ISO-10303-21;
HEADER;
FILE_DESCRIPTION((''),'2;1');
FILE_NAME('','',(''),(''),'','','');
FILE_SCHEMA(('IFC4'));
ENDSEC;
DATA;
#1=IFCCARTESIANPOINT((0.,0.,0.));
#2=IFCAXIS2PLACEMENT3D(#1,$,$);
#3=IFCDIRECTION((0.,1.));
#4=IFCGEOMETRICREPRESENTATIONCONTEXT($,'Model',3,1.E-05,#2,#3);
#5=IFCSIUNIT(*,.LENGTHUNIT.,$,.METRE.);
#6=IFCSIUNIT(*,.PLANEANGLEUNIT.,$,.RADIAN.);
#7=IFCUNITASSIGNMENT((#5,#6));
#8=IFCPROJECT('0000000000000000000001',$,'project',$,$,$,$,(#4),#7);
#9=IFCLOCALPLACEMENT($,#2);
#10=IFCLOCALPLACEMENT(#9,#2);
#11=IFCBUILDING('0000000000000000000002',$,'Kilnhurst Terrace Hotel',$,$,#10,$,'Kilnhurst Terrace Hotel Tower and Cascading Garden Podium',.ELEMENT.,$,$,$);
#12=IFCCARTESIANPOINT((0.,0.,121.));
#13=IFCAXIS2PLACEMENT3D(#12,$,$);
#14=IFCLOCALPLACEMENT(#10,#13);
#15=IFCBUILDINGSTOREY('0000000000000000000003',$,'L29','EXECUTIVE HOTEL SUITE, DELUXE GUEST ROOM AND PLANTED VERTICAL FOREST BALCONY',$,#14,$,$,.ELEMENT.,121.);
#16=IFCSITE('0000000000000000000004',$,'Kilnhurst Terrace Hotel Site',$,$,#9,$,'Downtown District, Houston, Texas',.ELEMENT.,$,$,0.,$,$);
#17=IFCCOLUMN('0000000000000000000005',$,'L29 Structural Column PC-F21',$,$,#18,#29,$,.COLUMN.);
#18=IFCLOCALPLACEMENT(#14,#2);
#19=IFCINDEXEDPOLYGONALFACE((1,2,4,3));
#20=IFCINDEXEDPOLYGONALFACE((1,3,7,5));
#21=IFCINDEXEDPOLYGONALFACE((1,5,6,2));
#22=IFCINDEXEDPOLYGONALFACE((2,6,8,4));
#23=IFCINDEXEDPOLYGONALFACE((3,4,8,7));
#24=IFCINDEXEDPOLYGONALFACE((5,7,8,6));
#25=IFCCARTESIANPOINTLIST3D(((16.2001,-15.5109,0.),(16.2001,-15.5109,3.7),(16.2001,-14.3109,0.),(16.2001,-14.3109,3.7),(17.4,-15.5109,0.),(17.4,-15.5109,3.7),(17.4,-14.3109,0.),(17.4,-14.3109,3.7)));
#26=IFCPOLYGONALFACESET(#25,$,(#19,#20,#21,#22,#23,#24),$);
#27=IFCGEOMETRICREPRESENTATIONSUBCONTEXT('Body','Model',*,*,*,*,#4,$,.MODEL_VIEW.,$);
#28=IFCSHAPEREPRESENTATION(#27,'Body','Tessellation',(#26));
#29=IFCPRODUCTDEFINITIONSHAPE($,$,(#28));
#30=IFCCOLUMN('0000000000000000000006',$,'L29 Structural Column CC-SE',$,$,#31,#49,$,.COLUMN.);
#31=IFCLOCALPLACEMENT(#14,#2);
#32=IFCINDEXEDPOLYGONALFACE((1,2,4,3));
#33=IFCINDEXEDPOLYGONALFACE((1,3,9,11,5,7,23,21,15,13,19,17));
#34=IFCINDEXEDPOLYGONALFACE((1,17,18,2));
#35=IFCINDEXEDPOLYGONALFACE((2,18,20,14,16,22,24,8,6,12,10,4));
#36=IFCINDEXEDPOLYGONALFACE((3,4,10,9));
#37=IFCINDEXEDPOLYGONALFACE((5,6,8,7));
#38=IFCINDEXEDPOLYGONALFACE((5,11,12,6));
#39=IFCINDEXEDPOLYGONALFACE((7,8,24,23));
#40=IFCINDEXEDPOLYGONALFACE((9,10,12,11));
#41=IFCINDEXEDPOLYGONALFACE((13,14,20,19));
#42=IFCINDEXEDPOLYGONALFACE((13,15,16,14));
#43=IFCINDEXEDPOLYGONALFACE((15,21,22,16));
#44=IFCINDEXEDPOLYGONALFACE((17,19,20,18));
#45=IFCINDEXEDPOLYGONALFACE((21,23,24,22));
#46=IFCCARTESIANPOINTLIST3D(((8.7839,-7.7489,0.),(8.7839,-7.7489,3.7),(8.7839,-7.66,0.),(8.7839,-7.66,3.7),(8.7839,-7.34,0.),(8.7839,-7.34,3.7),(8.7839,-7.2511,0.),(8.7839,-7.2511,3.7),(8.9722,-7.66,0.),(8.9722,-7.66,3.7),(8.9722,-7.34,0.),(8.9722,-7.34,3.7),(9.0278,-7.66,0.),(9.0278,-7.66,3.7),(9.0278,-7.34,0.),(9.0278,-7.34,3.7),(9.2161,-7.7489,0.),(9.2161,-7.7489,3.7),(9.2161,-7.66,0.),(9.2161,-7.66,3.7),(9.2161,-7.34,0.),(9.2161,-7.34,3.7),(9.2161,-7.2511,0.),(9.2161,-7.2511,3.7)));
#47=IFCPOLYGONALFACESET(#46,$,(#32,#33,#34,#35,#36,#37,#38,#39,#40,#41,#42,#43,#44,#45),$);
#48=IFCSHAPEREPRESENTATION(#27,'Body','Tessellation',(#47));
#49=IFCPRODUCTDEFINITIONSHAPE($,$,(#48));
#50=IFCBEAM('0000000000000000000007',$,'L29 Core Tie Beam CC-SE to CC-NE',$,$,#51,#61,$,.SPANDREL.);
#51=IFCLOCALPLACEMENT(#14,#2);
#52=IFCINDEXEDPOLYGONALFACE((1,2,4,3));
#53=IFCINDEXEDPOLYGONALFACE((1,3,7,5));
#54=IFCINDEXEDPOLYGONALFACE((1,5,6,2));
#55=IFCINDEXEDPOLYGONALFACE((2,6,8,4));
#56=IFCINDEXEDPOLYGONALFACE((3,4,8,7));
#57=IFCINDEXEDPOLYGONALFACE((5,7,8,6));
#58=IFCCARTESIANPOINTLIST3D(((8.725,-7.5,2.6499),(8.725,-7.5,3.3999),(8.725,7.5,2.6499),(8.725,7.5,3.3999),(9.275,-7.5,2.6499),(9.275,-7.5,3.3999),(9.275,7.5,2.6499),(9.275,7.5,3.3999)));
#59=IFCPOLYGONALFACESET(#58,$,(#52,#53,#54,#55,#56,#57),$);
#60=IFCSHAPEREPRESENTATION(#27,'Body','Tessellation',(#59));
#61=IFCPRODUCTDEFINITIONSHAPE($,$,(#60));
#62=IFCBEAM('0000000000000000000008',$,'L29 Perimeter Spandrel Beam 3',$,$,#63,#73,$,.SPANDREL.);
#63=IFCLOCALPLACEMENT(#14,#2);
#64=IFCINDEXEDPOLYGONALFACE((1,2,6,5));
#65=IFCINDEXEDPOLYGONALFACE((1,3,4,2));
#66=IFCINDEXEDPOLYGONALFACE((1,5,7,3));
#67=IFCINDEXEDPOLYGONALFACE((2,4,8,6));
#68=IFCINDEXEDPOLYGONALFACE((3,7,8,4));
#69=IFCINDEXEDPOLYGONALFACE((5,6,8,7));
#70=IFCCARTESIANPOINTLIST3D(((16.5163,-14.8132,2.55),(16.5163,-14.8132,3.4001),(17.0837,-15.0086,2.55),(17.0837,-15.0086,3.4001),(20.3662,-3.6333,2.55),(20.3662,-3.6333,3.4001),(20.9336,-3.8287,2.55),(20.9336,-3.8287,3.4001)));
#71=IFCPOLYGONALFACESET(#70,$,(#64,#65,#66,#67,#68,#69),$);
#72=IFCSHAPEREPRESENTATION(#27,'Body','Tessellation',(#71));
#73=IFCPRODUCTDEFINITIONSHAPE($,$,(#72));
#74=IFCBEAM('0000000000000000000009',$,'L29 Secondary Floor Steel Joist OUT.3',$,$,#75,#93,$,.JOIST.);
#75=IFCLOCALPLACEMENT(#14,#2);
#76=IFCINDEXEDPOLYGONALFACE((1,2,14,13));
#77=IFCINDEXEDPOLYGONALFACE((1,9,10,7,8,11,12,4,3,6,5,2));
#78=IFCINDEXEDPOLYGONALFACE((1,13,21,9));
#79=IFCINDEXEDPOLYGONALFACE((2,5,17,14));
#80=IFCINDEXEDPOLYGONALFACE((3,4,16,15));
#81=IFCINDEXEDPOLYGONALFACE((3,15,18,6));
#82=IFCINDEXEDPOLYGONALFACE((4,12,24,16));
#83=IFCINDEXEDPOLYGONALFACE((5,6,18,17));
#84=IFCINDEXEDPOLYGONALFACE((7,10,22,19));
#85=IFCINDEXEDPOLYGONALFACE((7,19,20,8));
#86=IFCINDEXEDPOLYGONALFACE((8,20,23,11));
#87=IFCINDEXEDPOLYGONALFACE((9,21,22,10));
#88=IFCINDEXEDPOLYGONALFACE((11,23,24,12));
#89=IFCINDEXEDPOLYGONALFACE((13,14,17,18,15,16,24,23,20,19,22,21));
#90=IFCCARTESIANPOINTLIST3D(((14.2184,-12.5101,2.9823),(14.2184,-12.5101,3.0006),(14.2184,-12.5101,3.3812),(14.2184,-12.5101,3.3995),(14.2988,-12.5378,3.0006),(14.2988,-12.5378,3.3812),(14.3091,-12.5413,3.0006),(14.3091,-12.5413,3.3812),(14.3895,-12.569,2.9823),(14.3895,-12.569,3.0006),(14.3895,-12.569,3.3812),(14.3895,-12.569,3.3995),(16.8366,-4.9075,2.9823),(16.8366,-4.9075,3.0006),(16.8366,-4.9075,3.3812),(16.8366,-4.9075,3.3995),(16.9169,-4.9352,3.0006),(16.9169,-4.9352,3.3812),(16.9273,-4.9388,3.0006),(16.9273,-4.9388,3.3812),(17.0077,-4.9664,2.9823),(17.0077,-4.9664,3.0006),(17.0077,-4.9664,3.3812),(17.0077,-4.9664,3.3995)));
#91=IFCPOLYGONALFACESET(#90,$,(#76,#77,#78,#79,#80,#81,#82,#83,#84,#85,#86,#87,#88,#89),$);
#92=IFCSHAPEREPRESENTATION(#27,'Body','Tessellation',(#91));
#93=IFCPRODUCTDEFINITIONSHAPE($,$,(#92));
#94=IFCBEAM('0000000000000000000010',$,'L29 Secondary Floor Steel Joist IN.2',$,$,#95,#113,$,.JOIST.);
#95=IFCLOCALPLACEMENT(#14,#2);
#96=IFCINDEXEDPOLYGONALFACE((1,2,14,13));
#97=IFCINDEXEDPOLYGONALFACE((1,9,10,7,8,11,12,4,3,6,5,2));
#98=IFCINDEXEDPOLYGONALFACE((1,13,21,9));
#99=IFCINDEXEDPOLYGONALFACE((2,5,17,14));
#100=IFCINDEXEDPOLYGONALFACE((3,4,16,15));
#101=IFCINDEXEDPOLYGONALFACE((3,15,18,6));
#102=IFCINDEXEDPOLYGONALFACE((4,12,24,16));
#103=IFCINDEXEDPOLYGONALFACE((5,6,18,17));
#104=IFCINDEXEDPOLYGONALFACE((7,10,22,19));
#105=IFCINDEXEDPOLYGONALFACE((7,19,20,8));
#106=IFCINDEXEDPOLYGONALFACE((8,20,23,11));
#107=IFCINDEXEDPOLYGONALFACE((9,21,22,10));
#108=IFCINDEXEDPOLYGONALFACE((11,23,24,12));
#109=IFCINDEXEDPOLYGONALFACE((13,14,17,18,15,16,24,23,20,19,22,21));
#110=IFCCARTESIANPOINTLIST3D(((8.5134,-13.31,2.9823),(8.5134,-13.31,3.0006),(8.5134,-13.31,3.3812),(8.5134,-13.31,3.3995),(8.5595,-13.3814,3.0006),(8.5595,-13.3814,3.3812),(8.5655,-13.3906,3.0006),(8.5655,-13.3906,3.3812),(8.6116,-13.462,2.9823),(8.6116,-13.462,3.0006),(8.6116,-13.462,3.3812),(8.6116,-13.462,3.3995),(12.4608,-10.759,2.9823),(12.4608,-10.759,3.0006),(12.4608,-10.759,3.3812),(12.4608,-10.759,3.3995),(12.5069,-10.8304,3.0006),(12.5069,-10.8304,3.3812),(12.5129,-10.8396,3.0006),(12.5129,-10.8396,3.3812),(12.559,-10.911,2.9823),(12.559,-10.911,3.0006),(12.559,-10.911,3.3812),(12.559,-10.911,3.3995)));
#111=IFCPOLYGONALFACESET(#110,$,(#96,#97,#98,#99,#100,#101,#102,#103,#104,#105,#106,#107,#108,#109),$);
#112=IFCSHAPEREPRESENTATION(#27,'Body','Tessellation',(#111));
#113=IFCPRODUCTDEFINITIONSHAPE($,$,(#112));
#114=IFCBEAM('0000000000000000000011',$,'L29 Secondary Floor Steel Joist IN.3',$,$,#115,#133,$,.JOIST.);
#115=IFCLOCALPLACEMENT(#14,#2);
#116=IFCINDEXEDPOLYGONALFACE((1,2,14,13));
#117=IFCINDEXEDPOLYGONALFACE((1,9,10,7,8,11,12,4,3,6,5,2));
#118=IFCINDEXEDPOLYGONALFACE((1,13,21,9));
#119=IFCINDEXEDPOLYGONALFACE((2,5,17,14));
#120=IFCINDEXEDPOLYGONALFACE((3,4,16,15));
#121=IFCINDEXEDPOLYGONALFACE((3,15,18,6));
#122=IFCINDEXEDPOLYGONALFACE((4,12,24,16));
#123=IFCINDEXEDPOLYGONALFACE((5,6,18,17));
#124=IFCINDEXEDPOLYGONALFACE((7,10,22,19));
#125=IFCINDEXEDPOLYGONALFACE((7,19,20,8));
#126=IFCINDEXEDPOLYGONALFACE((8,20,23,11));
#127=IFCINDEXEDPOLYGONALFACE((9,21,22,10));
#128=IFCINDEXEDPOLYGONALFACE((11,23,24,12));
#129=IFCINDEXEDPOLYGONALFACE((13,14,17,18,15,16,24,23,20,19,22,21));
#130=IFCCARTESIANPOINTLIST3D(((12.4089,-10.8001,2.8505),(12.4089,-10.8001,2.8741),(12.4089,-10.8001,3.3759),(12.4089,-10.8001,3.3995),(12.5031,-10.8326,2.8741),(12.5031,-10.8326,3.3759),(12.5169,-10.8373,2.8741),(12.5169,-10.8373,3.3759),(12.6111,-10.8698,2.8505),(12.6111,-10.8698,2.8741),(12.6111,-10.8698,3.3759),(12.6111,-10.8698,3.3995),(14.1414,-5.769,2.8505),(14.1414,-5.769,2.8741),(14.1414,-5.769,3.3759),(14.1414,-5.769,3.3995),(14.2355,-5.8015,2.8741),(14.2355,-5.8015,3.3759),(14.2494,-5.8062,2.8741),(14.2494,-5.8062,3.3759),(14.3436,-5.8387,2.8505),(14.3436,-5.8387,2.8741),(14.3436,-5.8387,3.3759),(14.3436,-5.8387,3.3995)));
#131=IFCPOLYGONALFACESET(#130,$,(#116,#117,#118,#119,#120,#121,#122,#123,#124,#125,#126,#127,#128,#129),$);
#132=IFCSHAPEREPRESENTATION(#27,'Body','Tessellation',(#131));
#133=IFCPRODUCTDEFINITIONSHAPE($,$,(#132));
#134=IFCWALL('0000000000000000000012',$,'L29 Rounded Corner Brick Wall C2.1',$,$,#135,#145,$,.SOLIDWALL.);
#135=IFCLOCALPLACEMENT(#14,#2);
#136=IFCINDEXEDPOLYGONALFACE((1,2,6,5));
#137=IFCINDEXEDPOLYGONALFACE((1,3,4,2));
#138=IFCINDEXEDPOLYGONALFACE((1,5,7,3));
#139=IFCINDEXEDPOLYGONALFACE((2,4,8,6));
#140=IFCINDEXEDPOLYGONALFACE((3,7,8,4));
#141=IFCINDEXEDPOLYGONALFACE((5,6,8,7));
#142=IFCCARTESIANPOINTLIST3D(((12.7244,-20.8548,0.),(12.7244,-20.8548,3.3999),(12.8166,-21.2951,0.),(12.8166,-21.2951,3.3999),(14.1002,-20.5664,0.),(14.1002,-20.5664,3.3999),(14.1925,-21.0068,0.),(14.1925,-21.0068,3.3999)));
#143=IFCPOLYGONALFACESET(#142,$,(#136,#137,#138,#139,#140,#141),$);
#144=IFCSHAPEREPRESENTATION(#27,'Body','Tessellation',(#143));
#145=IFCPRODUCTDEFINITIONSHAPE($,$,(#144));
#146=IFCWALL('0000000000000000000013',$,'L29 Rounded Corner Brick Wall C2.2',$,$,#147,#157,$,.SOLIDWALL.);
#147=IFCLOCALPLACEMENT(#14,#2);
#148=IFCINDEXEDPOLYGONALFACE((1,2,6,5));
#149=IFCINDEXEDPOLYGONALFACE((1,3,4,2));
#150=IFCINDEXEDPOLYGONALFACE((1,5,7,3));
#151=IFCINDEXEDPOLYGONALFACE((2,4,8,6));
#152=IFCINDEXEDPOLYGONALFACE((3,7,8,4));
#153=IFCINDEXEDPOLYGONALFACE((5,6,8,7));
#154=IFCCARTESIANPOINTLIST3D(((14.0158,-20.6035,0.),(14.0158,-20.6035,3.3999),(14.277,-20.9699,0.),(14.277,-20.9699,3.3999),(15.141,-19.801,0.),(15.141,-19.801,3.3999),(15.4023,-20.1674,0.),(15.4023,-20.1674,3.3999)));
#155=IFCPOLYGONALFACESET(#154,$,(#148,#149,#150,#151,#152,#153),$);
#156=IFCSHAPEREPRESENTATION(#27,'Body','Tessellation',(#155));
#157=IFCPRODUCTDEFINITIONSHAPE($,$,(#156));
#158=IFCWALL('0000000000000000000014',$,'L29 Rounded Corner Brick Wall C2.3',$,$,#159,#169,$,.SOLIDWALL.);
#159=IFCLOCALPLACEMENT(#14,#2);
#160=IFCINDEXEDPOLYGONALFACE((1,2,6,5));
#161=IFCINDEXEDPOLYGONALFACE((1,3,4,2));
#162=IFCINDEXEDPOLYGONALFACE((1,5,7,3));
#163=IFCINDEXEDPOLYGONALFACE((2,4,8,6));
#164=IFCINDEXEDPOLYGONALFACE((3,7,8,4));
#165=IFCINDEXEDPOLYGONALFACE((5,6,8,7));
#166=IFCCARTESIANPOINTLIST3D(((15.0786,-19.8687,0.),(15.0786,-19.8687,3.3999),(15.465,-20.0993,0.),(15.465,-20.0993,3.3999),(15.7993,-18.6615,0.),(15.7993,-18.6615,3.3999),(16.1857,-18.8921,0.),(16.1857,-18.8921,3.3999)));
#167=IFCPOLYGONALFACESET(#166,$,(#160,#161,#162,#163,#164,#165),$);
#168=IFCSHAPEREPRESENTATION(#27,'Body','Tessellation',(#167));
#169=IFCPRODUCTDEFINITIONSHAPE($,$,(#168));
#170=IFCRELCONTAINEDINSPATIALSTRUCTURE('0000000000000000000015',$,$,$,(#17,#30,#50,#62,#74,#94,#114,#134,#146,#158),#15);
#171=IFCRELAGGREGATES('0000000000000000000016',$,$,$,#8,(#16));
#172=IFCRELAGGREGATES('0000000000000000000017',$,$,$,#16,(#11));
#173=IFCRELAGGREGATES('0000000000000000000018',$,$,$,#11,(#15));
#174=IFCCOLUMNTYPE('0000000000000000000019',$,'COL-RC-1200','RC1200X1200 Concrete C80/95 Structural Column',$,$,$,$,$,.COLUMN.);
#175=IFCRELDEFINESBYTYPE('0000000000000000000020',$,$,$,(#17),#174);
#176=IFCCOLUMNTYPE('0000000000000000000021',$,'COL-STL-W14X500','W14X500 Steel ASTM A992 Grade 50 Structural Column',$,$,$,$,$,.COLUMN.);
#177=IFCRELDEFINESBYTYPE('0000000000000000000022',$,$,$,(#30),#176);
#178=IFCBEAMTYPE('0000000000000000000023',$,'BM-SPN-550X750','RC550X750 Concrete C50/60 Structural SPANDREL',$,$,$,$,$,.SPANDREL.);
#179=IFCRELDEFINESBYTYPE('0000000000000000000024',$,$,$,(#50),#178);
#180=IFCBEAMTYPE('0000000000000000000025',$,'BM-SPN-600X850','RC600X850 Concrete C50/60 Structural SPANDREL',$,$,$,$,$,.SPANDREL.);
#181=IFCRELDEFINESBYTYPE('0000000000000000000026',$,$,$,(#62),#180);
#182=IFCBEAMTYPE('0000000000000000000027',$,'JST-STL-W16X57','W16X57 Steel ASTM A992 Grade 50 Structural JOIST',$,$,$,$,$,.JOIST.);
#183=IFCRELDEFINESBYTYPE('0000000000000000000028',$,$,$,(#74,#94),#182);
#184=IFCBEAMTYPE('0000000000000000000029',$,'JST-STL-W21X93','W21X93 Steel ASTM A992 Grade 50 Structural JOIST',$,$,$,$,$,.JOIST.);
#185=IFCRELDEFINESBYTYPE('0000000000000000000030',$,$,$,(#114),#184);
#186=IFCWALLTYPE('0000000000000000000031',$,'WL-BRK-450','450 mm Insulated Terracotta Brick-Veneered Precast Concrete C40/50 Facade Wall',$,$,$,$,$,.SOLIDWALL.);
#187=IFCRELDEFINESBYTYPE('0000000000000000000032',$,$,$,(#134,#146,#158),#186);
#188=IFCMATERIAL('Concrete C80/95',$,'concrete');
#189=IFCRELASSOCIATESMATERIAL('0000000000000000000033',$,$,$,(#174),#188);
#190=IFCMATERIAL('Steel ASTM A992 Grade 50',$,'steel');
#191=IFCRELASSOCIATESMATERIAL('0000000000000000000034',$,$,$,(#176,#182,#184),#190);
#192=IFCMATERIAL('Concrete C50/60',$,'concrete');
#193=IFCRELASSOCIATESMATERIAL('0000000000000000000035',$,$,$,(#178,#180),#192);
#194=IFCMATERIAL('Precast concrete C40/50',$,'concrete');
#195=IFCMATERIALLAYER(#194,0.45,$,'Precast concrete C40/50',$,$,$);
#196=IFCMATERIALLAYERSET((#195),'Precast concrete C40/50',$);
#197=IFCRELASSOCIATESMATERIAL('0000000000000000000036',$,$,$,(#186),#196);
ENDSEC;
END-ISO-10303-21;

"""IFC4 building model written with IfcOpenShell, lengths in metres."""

from ifc_helpers import new_model, si_unit, direction, frame, frame_2d, origin, origin_2d, place, context, subcontext, project, spatial, rectangle, i_section, extrude, material, layer, layer_set, material_profile, profile_set, type_object, element, save


model = new_model("IFC4")

# Units and contexts
model_context = context("Model", 3, precision=1e-05, world=origin(), true_north=direction((0.0, 1.0)))
body_context = subcontext(model_context, "Body", "Model", "MODEL_VIEW")
ifc_project = project(units=[si_unit("LENGTHUNIT", "METRE"), si_unit("PLANEANGLEUNIT", "RADIAN")], contexts=[model_context])

# Site, building, storey
site_placement = place(None, origin())
site = spatial("IfcSite", under=ifc_project, at=site_placement, Name="Kilnhurst Terrace Hotel Site", LongName="Downtown District, Houston, Texas", CompositionType="ELEMENT", RefElevation=0.0)
building_placement = place(site_placement, origin())
building = spatial("IfcBuilding", under=site, at=building_placement, Name="Kilnhurst Terrace Hotel", LongName="Kilnhurst Terrace Hotel Tower and Cascading Garden Podium", CompositionType="ELEMENT")
storey_placement = place(building_placement, frame((0.0, 0.0, 121.0)))
storey = spatial("IfcBuildingStorey", under=building, at=storey_placement, Name="L29", Description="EXECUTIVE HOTEL SUITE, DELUXE GUEST ROOM AND PLANTED VERTICAL FOREST BALCONY", CompositionType="ELEMENT", Elevation=121.0)

# Columns
ifc_material_1 = material(Name="Concrete C80/95", Category="concrete")
ifc_material_profile_1 = material_profile(ifc_material_1, rectangle(XDim=1.2, YDim=1.2, at=origin_2d()), Name="RC1200X1200")
ifc_profile_set_1 = profile_set([ifc_material_profile_1], Name="Concrete C80/95")
column_type_1 = type_object("IfcColumnType", Name="COL-RC-1200", Description="RC1200X1200 Concrete C80/95 Structural Column", PredefinedType="COLUMN", material=ifc_profile_set_1)
column_1_placement = place(storey_placement, frame((16.8, -14.9109, 0.0), z_axis=(0.0, 0.0, 1.0), x_axis=(1.0, 0.0, 0.0)))
element("IfcColumn", 1, at=column_1_placement, inside=storey, type_object=column_type_1, Name="L29 Structural Column PC-F21", PredefinedType="COLUMN", context=body_context, shape_type="SweptSolid", body=[
    extrude(rectangle(XDim=1.2, YDim=1.2, at=origin_2d()), origin(), (0.0, 0.0, 1.0), 3.7),
])
ifc_material_2 = material(Name="Steel ASTM A992 Grade 50", Category="steel")
ifc_material_profile_2 = material_profile(ifc_material_2, i_section(OverallWidth=0.4321, OverallDepth=0.4978, WebThickness=0.0557, FlangeThickness=0.0889, at=origin_2d()), Name="W14X500")
ifc_profile_set_2 = profile_set([ifc_material_profile_2], Name="Steel ASTM A992 Grade 50")
column_type_2 = type_object("IfcColumnType", Name="COL-STL-W14X500", Description="W14X500 Steel ASTM A992 Grade 50 Structural Column", PredefinedType="COLUMN", material=ifc_profile_set_2)
column_2_placement = place(storey_placement, frame((9.0, -7.5, 0.0), z_axis=(0.0, 0.0, 1.0), x_axis=(1.0, 0.0, 0.0)))
element("IfcColumn", 2, at=column_2_placement, inside=storey, type_object=column_type_2, Name="L29 Structural Column CC-SE", PredefinedType="COLUMN", context=body_context, shape_type="SweptSolid", body=[
    extrude(i_section(OverallWidth=0.4321, OverallDepth=0.4978, WebThickness=0.0557, FlangeThickness=0.0889, at=origin_2d()), origin(), (0.0, 0.0, 1.0), 3.7),
])

# Beams
ifc_material_3 = material(Name="Concrete C50/60", Category="concrete")
ifc_material_profile_3 = material_profile(ifc_material_3, rectangle(XDim=0.55, YDim=0.75, at=origin_2d()), Name="RC550X750")
ifc_profile_set_3 = profile_set([ifc_material_profile_3], Name="Concrete C50/60")
beam_type_1 = type_object("IfcBeamType", Name="BM-SPN-550X750", Description="RC550X750 Concrete C50/60 Structural SPANDREL", PredefinedType="SPANDREL", material=ifc_profile_set_3)
beam_1_placement = place(storey_placement, frame((9.0, -7.5, 3.0249), z_axis=(0.0, 1.0, 0.0), x_axis=(-1.0, 0.0, 0.0)))
element("IfcBeam", 3, at=beam_1_placement, inside=storey, type_object=beam_type_1, Name="L29 Core Tie Beam CC-SE to CC-NE", PredefinedType="SPANDREL", context=body_context, shape_type="SweptSolid", body=[
    extrude(rectangle(XDim=0.55, YDim=0.75, at=origin_2d()), origin(), (0.0, 0.0, 1.0), 15.0),
])
ifc_material_profile_4 = material_profile(ifc_material_3, rectangle(XDim=0.6001, YDim=0.8501, at=origin_2d()), Name="RC600X850")
ifc_profile_set_4 = profile_set([ifc_material_profile_4], Name="Concrete C50/60")
beam_type_2 = type_object("IfcBeamType", Name="BM-SPN-600X850", Description="RC600X850 Concrete C50/60 Structural SPANDREL", PredefinedType="SPANDREL", material=ifc_profile_set_4)
beam_2_placement = place(storey_placement, frame((16.8, -14.9109, 2.9751), z_axis=(0.32559, 0.945511, 0.0), x_axis=(-0.945511, 0.32559, 0.0)))
element("IfcBeam", 4, at=beam_2_placement, inside=storey, type_object=beam_type_2, Name="L29 Perimeter Spandrel Beam 3", PredefinedType="SPANDREL", context=body_context, shape_type="SweptSolid", body=[
    extrude(rectangle(XDim=0.6001, YDim=0.8501, at=origin_2d()), origin(), (0.0, 0.0, 1.0), 11.8242),
])
ifc_material_profile_5 = material_profile(ifc_material_2, i_section(OverallWidth=0.1809, OverallDepth=0.4172, WebThickness=0.011, FlangeThickness=0.0183, at=origin_2d()), Name="W16X57")
ifc_profile_set_5 = profile_set([ifc_material_profile_5], Name="Steel ASTM A992 Grade 50")
beam_type_3 = type_object("IfcBeamType", Name="JST-STL-W16X57", Description="W16X57 Steel ASTM A992 Grade 50 Structural JOIST", PredefinedType="JOIST", material=ifc_profile_set_5)
beam_3_placement = place(storey_placement, frame((14.304, -12.5396, 3.1909), z_axis=(0.325613, 0.945503, 0.0), x_axis=(-0.945503, 0.325613, 0.0)))
element("IfcBeam", 5, at=beam_3_placement, inside=storey, type_object=beam_type_3, Name="L29 Secondary Floor Steel Joist OUT.3", PredefinedType="JOIST", context=body_context, shape_type="SweptSolid", body=[
    extrude(i_section(OverallWidth=0.1809, OverallDepth=0.4172, WebThickness=0.011, FlangeThickness=0.0183, at=origin_2d()), origin(), (0.0, 0.0, 1.0), 8.0408),
])
beam_4_placement = place(storey_placement, frame((8.5625, -13.386, 3.1909), z_axis=(0.839885, 0.542764, 0.0), x_axis=(-0.542764, 0.839885, 0.0)))
element("IfcBeam", 6, at=beam_4_placement, inside=storey, type_object=beam_type_3, Name="L29 Secondary Floor Steel Joist IN.2", PredefinedType="JOIST", context=body_context, shape_type="SweptSolid", body=[
    extrude(i_section(OverallWidth=0.1809, OverallDepth=0.4172, WebThickness=0.011, FlangeThickness=0.0183, at=origin_2d()), origin(), (0.0, 0.0, 1.0), 4.7),
])
ifc_material_profile_6 = material_profile(ifc_material_2, i_section(OverallWidth=0.2139, OverallDepth=0.5491, WebThickness=0.0146, FlangeThickness=0.0237, at=origin_2d()), Name="W21X93")
ifc_profile_set_6 = profile_set([ifc_material_profile_6], Name="Steel ASTM A992 Grade 50")
beam_type_4 = type_object("IfcBeamType", Name="JST-STL-W21X93", Description="W21X93 Steel ASTM A992 Grade 50 Structural JOIST", PredefinedType="JOIST", material=ifc_profile_set_6)
beam_5_placement = place(storey_placement, frame((12.51, -10.835, 3.125), z_axis=(0.325586, 0.945512, 0.0), x_axis=(-0.945512, 0.325586, 0.0)))
element("IfcBeam", 7, at=beam_5_placement, inside=storey, type_object=beam_type_4, Name="L29 Secondary Floor Steel Joist IN.3", PredefinedType="JOIST", context=body_context, shape_type="SweptSolid", body=[
    extrude(i_section(OverallWidth=0.2139, OverallDepth=0.5491, WebThickness=0.0146, FlangeThickness=0.0237, at=origin_2d()), origin(), (0.0, 0.0, 1.0), 5.321),
])

# Walls
ifc_material_4 = material(Name="Precast concrete C40/50", Category="concrete")
ifc_layer_1 = layer(ifc_material_4, 0.45, Name="Precast concrete C40/50")
ifc_layer_set_1 = layer_set([ifc_layer_1], Name="Precast concrete C40/50")
wall_type_1 = type_object("IfcWallType", Name="WL-BRK-450", Description="450 mm Insulated Terracotta Brick-Veneered Precast Concrete C40/50 Facade Wall", PredefinedType="SOLIDWALL", material=ifc_layer_set_1)
wall_1_placement = place(storey_placement, frame((12.7705, -21.075, 0.0), z_axis=(0.0, 0.0, 1.0), x_axis=(0.978743, 0.205091, 0.0)))
element("IfcWall", 8, at=wall_1_placement, inside=storey, type_object=wall_type_1, Name="L29 Rounded Corner Brick Wall C2.1", PredefinedType="SOLIDWALL", context=body_context, shape_type="SweptSolid", body=[
    extrude(rectangle(XDim=1.4058, YDim=0.45, at=frame_2d((0.7029, 0.0))), origin(), (0.0, 0.0, 1.0), 3.3999),
])
wall_2_placement = place(storey_placement, frame((14.1465, -20.7866, 0.0), z_axis=(0.0, 0.0, 1.0), x_axis=(0.814163, 0.580636, 0.0)))
element("IfcWall", 9, at=wall_2_placement, inside=storey, type_object=wall_type_1, Name="L29 Rounded Corner Brick Wall C2.2", PredefinedType="SOLIDWALL", context=body_context, shape_type="SweptSolid", body=[
    extrude(rectangle(XDim=1.3821, YDim=0.45, at=frame_2d((0.6909, 0.0))), origin(), (0.0, 0.0, 1.0), 3.3999),
])
wall_3_placement = place(storey_placement, frame((15.2717, -19.9841, 0.0), z_axis=(0.0, 0.0, 1.0), x_axis=(0.512579, 0.85864, 0.0)))
element("IfcWall", 10, at=wall_3_placement, inside=storey, type_object=wall_type_1, Name="L29 Rounded Corner Brick Wall C2.3", PredefinedType="SOLIDWALL", context=body_context, shape_type="SweptSolid", body=[
    extrude(rectangle(XDim=1.406, YDim=0.45, at=frame_2d((0.7031, 0.0))), origin(), (0.0, 0.0, 1.0), 3.3999),
])

save(model, "model.ifc")
